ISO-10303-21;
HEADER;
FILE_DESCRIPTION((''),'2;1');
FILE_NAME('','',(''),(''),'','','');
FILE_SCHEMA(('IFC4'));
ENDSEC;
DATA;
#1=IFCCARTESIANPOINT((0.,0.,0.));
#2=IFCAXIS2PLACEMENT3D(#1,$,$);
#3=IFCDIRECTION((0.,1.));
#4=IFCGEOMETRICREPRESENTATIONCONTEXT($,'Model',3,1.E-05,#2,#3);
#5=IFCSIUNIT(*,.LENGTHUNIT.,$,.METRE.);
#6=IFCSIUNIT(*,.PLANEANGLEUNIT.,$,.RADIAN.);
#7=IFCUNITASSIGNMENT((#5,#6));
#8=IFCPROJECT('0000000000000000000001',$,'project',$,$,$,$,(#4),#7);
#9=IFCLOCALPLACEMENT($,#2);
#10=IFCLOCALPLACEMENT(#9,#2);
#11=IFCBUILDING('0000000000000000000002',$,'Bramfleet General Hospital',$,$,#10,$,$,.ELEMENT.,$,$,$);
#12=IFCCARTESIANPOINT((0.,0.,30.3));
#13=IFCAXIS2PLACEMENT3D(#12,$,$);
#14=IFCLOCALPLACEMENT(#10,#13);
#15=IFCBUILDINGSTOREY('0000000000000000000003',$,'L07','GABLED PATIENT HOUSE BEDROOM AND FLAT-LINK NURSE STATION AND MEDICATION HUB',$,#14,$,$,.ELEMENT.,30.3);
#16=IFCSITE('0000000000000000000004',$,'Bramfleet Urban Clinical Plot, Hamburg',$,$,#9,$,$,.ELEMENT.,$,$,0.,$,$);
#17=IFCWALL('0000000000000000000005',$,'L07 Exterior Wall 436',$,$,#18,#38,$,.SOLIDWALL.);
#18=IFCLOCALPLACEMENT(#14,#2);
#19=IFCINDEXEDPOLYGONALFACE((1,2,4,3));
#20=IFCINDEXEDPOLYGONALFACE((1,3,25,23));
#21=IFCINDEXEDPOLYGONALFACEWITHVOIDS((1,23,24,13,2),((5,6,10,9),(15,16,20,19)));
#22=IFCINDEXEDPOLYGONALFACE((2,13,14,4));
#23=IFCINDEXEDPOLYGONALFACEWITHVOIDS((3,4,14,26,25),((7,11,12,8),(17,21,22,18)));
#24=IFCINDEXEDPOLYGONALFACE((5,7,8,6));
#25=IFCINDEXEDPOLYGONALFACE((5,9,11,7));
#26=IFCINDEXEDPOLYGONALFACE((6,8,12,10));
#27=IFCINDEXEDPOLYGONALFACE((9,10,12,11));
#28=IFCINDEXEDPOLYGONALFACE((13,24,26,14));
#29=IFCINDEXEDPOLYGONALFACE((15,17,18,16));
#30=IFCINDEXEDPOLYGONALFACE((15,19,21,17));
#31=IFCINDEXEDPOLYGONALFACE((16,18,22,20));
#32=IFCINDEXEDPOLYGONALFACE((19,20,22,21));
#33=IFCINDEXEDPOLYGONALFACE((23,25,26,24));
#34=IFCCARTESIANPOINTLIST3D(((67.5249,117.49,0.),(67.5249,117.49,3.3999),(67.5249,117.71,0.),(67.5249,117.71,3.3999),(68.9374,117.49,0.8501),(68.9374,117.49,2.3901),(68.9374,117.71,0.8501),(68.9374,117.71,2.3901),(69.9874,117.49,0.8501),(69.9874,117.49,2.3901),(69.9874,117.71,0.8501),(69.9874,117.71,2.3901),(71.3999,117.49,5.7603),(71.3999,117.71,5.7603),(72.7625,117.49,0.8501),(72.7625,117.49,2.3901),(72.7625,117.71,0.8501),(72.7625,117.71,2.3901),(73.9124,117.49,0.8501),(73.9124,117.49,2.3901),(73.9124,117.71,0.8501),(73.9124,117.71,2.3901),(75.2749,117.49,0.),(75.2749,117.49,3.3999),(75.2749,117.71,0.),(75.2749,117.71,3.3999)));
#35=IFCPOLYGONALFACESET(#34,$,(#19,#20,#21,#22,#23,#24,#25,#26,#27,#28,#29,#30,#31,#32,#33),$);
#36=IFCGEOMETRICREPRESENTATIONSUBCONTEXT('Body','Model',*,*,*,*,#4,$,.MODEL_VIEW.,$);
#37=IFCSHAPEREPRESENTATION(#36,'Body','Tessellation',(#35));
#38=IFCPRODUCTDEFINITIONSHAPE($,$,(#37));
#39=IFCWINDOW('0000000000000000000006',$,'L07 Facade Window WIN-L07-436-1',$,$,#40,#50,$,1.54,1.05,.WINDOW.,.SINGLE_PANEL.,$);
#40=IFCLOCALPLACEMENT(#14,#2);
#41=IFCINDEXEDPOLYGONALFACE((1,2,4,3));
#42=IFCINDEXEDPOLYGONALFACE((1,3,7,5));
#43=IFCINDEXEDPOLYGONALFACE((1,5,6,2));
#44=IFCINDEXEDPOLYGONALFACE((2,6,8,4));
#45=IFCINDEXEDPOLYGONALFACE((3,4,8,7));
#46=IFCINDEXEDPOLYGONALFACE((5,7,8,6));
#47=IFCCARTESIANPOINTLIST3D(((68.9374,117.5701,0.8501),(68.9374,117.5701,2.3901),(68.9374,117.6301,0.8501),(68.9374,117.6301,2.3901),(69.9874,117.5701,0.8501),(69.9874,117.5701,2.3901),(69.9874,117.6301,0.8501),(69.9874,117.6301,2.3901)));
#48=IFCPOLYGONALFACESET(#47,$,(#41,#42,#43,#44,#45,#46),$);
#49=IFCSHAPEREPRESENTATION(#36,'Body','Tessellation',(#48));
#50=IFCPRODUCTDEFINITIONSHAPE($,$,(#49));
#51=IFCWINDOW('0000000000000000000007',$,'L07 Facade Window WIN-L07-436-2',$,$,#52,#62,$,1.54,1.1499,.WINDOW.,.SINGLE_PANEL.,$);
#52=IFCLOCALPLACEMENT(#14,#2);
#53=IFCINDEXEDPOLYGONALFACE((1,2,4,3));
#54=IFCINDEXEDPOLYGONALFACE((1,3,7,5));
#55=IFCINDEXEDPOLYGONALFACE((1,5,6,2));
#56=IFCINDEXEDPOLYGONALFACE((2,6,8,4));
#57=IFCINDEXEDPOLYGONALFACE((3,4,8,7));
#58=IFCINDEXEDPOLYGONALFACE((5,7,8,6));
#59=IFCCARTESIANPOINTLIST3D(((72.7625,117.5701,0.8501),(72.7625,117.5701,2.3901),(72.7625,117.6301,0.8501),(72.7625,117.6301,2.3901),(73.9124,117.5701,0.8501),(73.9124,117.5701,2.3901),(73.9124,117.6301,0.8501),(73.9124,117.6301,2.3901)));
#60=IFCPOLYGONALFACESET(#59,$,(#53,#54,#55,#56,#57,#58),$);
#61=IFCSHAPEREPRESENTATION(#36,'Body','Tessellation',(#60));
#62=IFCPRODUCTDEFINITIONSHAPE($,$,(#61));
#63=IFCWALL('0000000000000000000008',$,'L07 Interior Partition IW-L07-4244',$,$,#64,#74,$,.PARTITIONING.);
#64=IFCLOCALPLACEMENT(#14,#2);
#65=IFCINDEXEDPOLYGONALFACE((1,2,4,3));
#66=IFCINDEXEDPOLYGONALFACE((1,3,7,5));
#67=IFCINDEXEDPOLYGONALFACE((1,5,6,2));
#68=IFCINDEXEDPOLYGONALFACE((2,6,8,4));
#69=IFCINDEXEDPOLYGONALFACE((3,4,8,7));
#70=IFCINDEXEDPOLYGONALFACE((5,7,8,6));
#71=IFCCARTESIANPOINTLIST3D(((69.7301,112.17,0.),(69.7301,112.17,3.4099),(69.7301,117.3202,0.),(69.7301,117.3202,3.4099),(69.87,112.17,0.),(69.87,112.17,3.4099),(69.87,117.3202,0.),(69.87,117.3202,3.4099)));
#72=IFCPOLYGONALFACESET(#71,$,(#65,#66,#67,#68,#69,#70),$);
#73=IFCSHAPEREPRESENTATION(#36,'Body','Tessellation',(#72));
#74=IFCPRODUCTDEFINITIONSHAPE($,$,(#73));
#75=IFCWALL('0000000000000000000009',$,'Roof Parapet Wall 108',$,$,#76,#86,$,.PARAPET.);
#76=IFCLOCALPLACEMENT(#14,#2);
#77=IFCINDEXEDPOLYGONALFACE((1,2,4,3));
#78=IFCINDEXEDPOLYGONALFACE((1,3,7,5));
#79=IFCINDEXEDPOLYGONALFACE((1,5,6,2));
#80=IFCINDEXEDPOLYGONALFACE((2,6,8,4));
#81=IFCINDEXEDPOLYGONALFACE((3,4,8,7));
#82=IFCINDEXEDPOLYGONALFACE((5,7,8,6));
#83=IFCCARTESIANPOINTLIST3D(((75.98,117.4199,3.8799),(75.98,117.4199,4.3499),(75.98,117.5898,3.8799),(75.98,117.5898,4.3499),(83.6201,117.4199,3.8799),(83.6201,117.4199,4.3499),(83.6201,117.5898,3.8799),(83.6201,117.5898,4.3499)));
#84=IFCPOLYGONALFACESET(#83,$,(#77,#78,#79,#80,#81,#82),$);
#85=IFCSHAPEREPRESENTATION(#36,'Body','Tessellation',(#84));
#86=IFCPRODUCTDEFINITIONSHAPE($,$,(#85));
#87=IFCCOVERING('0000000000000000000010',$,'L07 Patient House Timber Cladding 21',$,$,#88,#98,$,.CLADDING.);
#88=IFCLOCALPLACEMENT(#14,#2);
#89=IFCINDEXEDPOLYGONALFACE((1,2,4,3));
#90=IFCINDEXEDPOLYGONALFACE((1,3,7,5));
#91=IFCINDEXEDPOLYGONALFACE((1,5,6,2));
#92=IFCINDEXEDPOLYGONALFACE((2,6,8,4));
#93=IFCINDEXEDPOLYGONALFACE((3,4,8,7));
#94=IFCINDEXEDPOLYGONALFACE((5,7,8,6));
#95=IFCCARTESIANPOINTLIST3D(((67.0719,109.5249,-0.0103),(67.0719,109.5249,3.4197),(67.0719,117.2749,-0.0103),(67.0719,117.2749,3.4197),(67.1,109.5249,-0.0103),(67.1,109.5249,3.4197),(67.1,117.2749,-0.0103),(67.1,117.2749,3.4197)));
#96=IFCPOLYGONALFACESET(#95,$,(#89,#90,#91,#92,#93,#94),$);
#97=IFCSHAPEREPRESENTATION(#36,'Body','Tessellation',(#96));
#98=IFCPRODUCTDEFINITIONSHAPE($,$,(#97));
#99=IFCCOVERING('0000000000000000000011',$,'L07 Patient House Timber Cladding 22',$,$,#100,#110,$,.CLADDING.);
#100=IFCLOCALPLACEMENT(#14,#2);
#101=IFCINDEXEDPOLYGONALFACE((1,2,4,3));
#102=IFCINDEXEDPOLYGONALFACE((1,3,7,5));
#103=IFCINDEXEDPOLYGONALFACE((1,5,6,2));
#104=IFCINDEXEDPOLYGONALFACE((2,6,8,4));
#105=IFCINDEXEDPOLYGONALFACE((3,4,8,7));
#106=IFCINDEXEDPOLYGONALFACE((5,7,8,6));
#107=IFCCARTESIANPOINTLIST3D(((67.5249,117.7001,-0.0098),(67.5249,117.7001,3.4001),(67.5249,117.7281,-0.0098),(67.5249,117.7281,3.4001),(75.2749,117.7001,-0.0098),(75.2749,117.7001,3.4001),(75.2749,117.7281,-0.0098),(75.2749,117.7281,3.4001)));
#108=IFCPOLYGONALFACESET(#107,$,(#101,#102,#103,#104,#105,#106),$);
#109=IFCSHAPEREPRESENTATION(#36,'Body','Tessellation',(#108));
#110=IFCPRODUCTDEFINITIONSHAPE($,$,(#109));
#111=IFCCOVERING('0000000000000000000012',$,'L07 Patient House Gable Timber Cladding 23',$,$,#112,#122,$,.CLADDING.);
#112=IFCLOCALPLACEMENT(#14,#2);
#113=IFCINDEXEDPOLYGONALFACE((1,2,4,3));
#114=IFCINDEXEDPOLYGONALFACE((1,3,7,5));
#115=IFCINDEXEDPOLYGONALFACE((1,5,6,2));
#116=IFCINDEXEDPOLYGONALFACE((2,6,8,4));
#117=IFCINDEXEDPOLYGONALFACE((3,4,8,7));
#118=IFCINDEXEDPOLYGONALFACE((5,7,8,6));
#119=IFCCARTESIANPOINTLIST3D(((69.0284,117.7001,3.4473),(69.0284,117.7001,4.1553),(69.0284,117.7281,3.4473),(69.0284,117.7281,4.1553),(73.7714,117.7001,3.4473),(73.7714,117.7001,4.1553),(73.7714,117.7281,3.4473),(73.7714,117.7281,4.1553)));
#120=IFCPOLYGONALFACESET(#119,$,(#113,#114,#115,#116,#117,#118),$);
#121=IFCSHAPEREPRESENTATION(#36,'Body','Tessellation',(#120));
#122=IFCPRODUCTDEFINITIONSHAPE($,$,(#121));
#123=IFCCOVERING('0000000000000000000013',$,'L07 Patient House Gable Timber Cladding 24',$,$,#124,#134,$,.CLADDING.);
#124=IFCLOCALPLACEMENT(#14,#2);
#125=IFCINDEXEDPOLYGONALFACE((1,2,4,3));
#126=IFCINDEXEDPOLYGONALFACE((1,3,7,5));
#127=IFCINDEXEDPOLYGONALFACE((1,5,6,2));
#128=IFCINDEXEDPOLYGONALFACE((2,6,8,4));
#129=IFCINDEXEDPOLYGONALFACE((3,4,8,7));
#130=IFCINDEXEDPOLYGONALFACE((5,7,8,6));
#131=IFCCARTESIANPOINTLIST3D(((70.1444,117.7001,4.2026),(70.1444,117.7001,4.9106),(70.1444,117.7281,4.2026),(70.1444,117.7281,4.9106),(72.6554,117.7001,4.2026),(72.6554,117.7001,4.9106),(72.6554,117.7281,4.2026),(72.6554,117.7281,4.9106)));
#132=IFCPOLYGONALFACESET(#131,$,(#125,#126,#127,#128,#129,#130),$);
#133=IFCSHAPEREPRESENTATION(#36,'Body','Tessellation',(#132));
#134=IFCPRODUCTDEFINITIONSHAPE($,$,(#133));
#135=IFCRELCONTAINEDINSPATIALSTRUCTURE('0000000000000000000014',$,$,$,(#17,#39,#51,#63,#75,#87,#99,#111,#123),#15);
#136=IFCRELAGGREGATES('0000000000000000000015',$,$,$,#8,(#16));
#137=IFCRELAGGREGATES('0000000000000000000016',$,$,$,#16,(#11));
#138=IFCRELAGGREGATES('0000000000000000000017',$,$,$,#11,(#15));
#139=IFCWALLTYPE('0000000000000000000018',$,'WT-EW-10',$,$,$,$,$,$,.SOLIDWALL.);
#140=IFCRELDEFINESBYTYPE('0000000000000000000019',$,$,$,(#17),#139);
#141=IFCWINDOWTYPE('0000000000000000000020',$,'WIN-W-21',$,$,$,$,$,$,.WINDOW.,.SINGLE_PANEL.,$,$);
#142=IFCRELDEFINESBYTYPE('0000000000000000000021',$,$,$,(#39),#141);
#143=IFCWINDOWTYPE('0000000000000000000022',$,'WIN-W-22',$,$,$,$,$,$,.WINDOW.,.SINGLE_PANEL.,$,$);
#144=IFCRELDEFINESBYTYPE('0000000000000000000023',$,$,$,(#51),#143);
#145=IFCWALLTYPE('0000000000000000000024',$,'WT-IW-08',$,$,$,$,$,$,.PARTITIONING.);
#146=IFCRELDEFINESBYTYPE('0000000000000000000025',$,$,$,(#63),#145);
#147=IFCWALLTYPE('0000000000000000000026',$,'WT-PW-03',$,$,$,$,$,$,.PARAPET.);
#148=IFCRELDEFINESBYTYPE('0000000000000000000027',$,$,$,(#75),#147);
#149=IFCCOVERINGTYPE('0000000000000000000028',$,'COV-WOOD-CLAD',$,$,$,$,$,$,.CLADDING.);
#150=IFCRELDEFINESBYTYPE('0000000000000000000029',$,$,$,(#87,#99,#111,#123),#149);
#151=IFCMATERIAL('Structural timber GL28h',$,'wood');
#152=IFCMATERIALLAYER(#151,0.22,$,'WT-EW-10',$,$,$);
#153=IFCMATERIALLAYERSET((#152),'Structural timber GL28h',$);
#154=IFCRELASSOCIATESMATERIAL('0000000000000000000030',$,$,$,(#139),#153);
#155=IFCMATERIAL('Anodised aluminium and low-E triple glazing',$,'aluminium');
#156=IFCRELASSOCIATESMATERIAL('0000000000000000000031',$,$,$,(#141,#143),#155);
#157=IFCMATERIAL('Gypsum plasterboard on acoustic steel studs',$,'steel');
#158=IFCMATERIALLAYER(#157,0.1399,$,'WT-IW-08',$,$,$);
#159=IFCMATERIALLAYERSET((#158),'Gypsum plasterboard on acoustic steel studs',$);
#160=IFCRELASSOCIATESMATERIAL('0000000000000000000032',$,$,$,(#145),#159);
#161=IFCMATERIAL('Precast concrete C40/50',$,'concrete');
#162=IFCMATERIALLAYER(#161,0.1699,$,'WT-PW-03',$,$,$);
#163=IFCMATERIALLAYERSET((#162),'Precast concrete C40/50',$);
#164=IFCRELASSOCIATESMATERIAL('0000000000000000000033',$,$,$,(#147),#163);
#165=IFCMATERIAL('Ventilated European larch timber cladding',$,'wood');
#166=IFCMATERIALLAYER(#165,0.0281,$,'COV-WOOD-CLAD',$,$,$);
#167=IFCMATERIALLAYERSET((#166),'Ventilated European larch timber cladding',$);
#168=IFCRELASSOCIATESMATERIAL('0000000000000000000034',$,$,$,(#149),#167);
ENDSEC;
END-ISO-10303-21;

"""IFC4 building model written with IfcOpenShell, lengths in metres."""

from ifc_helpers import new_model, si_unit, direction, frame, frame_2d, origin, origin_2d, place, context, subcontext, project, spatial, polyline, rectangle, outline, extrude, material, layer, layer_set, type_object, element, fill, save


model = new_model("IFC4")

# Units and contexts
model_context = context("Model", 3, precision=1e-05, world=origin(), true_north=direction((0.0, 1.0)))
body_context = subcontext(model_context, "Body", "Model", "MODEL_VIEW")
ifc_project = project(units=[si_unit("LENGTHUNIT", "METRE"), si_unit("PLANEANGLEUNIT", "RADIAN")], contexts=[model_context])

# Site, building, storey
site_placement = place(None, origin())
site = spatial("IfcSite", under=ifc_project, at=site_placement, Name="Bramfleet Urban Clinical Plot, Hamburg", CompositionType="ELEMENT", RefElevation=0.0)
building_placement = place(site_placement, origin())
building = spatial("IfcBuilding", under=site, at=building_placement, Name="Bramfleet General Hospital", CompositionType="ELEMENT")
storey_placement = place(building_placement, frame((0.0, 0.0, 30.3)))
storey = spatial("IfcBuildingStorey", under=building, at=storey_placement, Name="L07", Description="GABLED PATIENT HOUSE BEDROOM AND FLAT-LINK NURSE STATION AND MEDICATION HUB", CompositionType="ELEMENT", Elevation=30.3)

# Shared definitions
ifc_material_1 = material(Name="Anodised aluminium and low-E triple glazing", Category="aluminium")

# Wall, openings, windows
ifc_material_2 = material(Name="Structural timber GL28h", Category="wood")
ifc_layer_1 = layer(ifc_material_2, 0.22, Name="WT-EW-10")
ifc_layer_set_1 = layer_set([ifc_layer_1], Name="Structural timber GL28h")
wall_type_1 = type_object("IfcWallType", Name="WT-EW-10", PredefinedType="SOLIDWALL", material=ifc_layer_set_1)
wall_1_placement = place(storey_placement, frame((67.5249, 117.6001, 0.0), z_axis=(0.0, 0.0, 1.0), x_axis=(1.0, 0.0, 0.0)))
wall_1 = element("IfcWall", 1, at=wall_1_placement, inside=storey, type_object=wall_type_1, Name="L07 Exterior Wall 436", PredefinedType="SOLIDWALL", context=body_context, shape_type="SweptSolid", body=[
    extrude(outline(polyline([(0.0, 0.0), (7.75, 0.0), (7.75, 3.3999), (3.875, 5.7603), (0.0, 3.3999), (0.0, 0.0)])), frame((0.0, 0.1099, 0.0), z_axis=(0.0, -1.0, 0.0), x_axis=(1.0, 0.0, 0.0)), (0.0, 0.0, 1.0), 0.22),
])
opening_1_placement = place(wall_1_placement, frame((1.4126, 0.0, 0.8501)))
opening_1 = element("IfcOpeningElement", 2, at=opening_1_placement, cuts=wall_1, PredefinedType="OPENING", context=body_context, shape_type="SweptSolid", body=[
    extrude(rectangle(XDim=1.05, YDim=1.54, at=frame_2d((0.5249, 0.77))), frame((0.0, 0.1199, 0.0), z_axis=(0.0, -1.0, 0.0), x_axis=(1.0, 0.0, 0.0)), (0.0, 0.0, 1.0), 0.24),
])
opening_2_placement = place(wall_1_placement, frame((5.2375, 0.0, 0.8501)))
opening_2 = element("IfcOpeningElement", 3, at=opening_2_placement, cuts=wall_1, PredefinedType="OPENING", context=body_context, shape_type="SweptSolid", body=[
    extrude(rectangle(XDim=1.1499, YDim=1.54, at=frame_2d((0.575, 0.77))), frame((0.0, 0.1199, 0.0), z_axis=(0.0, -1.0, 0.0), x_axis=(1.0, 0.0, 0.0)), (0.0, 0.0, 1.0), 0.24),
])
window_type_1 = type_object("IfcWindowType", Name="WIN-W-21", PartitioningType="SINGLE_PANEL", PredefinedType="WINDOW", material=ifc_material_1)
window_1_placement = place(opening_1_placement, origin())
window_1 = element("IfcWindow", 4, at=window_1_placement, inside=storey, type_object=window_type_1, Name="L07 Facade Window WIN-L07-436-1", OverallHeight=1.54, OverallWidth=1.05, PartitioningType="SINGLE_PANEL", PredefinedType="WINDOW", context=body_context, shape_type="SweptSolid", body=[
    extrude(rectangle(XDim=1.05, YDim=1.54, at=frame_2d((0.5249, 0.77))), frame((0.0, 0.03, 0.0), z_axis=(0.0, -1.0, 0.0), x_axis=(1.0, 0.0, 0.0)), (0.0, 0.0, 1.0), 0.0601),
])
fill(opening_1, window_1)
window_type_2 = type_object("IfcWindowType", Name="WIN-W-22", PartitioningType="SINGLE_PANEL", PredefinedType="WINDOW", material=ifc_material_1)
window_2_placement = place(opening_2_placement, origin())
window_2 = element("IfcWindow", 5, at=window_2_placement, inside=storey, type_object=window_type_2, Name="L07 Facade Window WIN-L07-436-2", OverallHeight=1.54, OverallWidth=1.1499, PartitioningType="SINGLE_PANEL", PredefinedType="WINDOW", context=body_context, shape_type="SweptSolid", body=[
    extrude(rectangle(XDim=1.1499, YDim=1.54, at=frame_2d((0.575, 0.77))), frame((0.0, 0.03, 0.0), z_axis=(0.0, -1.0, 0.0), x_axis=(1.0, 0.0, 0.0)), (0.0, 0.0, 1.0), 0.0601),
])
fill(opening_2, window_2)

# Walls
ifc_material_3 = material(Name="Gypsum plasterboard on acoustic steel studs", Category="steel")
ifc_layer_2 = layer(ifc_material_3, 0.1399, Name="WT-IW-08")
ifc_layer_set_2 = layer_set([ifc_layer_2], Name="Gypsum plasterboard on acoustic steel studs")
wall_type_2 = type_object("IfcWallType", Name="WT-IW-08", PredefinedType="PARTITIONING", material=ifc_layer_set_2)
wall_2_placement = place(storey_placement, frame((69.8, 112.1699, 0.0), z_axis=(0.0, 0.0, 1.0), x_axis=(0.0, 1.0, 0.0)))
element("IfcWall", 6, at=wall_2_placement, inside=storey, type_object=wall_type_2, Name="L07 Interior Partition IW-L07-4244", PredefinedType="PARTITIONING", context=body_context, shape_type="SweptSolid", body=[
    extrude(rectangle(XDim=5.1501, YDim=0.1399, at=frame_2d((2.5752, 0.0))), origin(), (0.0, 0.0, 1.0), 3.4099),
])
ifc_material_4 = material(Name="Precast concrete C40/50", Category="concrete")
ifc_layer_3 = layer(ifc_material_4, 0.1699, Name="WT-PW-03")
ifc_layer_set_3 = layer_set([ifc_layer_3], Name="Precast concrete C40/50")
wall_type_3 = type_object("IfcWallType", Name="WT-PW-03", PredefinedType="PARAPET", material=ifc_layer_set_3)
wall_3_placement = place(storey_placement, frame((75.98, 117.5049, 3.8799), z_axis=(0.0, 0.0, 1.0), x_axis=(1.0, 0.0, 0.0)))
element("IfcWall", 7, at=wall_3_placement, inside=storey, type_object=wall_type_3, Name="Roof Parapet Wall 108", PredefinedType="PARAPET", context=body_context, shape_type="SweptSolid", body=[
    extrude(rectangle(XDim=7.6401, YDim=0.1699, at=frame_2d((3.8201, 0.0))), origin(), (0.0, 0.0, 1.0), 0.47),
])

# Coverings
ifc_material_5 = material(Name="Ventilated European larch timber cladding", Category="wood")
ifc_layer_4 = layer(ifc_material_5, 0.0281, Name="COV-WOOD-CLAD")
ifc_layer_set_4 = layer_set([ifc_layer_4], Name="Ventilated European larch timber cladding")
covering_type = type_object("IfcCoveringType", Name="COV-WOOD-CLAD", PredefinedType="CLADDING", material=ifc_layer_set_4)
covering_1_placement = place(storey_placement, frame((67.0859, 113.3999, -0.0103), z_axis=(0.0, 0.0, 1.0), x_axis=(0.0, 1.0, 0.0)))
element("IfcCovering", 8, at=covering_1_placement, inside=storey, type_object=covering_type, Name="L07 Patient House Timber Cladding 21", PredefinedType="CLADDING", context=body_context, shape_type="SweptSolid", body=[
    extrude(rectangle(XDim=7.75, YDim=0.0281, at=origin_2d()), origin(), (0.0, 0.0, 1.0), 3.4299),
])
covering_2_placement = place(storey_placement, frame((71.3999, 117.7141, -0.0098), z_axis=(0.0, 0.0, 1.0), x_axis=(1.0, 0.0, 0.0)))
element("IfcCovering", 9, at=covering_2_placement, inside=storey, type_object=covering_type, Name="L07 Patient House Timber Cladding 22", PredefinedType="CLADDING", context=body_context, shape_type="SweptSolid", body=[
    extrude(rectangle(XDim=7.75, YDim=0.0281, at=origin_2d()), origin(), (0.0, 0.0, 1.0), 3.4099),
])
covering_3_placement = place(storey_placement, frame((71.3999, 117.7141, 3.4473), z_axis=(0.0, 0.0, 1.0), x_axis=(1.0, 0.0, 0.0)))
element("IfcCovering", 10, at=covering_3_placement, inside=storey, type_object=covering_type, Name="L07 Patient House Gable Timber Cladding 23", PredefinedType="CLADDING", context=body_context, shape_type="SweptSolid", body=[
    extrude(rectangle(XDim=4.7429, YDim=0.0281, at=origin_2d()), origin(), (0.0, 0.0, 1.0), 0.708),
])
covering_4_placement = place(storey_placement, frame((71.3999, 117.7141, 4.2026), z_axis=(0.0, 0.0, 1.0), x_axis=(1.0, 0.0, 0.0)))
element("IfcCovering", 11, at=covering_4_placement, inside=storey, type_object=covering_type, Name="L07 Patient House Gable Timber Cladding 24", PredefinedType="CLADDING", context=body_context, shape_type="SweptSolid", body=[
    extrude(rectangle(XDim=2.511, YDim=0.0281, at=origin_2d()), origin(), (0.0, 0.0, 1.0), 0.708),
])

save(model, "model.ifc")
